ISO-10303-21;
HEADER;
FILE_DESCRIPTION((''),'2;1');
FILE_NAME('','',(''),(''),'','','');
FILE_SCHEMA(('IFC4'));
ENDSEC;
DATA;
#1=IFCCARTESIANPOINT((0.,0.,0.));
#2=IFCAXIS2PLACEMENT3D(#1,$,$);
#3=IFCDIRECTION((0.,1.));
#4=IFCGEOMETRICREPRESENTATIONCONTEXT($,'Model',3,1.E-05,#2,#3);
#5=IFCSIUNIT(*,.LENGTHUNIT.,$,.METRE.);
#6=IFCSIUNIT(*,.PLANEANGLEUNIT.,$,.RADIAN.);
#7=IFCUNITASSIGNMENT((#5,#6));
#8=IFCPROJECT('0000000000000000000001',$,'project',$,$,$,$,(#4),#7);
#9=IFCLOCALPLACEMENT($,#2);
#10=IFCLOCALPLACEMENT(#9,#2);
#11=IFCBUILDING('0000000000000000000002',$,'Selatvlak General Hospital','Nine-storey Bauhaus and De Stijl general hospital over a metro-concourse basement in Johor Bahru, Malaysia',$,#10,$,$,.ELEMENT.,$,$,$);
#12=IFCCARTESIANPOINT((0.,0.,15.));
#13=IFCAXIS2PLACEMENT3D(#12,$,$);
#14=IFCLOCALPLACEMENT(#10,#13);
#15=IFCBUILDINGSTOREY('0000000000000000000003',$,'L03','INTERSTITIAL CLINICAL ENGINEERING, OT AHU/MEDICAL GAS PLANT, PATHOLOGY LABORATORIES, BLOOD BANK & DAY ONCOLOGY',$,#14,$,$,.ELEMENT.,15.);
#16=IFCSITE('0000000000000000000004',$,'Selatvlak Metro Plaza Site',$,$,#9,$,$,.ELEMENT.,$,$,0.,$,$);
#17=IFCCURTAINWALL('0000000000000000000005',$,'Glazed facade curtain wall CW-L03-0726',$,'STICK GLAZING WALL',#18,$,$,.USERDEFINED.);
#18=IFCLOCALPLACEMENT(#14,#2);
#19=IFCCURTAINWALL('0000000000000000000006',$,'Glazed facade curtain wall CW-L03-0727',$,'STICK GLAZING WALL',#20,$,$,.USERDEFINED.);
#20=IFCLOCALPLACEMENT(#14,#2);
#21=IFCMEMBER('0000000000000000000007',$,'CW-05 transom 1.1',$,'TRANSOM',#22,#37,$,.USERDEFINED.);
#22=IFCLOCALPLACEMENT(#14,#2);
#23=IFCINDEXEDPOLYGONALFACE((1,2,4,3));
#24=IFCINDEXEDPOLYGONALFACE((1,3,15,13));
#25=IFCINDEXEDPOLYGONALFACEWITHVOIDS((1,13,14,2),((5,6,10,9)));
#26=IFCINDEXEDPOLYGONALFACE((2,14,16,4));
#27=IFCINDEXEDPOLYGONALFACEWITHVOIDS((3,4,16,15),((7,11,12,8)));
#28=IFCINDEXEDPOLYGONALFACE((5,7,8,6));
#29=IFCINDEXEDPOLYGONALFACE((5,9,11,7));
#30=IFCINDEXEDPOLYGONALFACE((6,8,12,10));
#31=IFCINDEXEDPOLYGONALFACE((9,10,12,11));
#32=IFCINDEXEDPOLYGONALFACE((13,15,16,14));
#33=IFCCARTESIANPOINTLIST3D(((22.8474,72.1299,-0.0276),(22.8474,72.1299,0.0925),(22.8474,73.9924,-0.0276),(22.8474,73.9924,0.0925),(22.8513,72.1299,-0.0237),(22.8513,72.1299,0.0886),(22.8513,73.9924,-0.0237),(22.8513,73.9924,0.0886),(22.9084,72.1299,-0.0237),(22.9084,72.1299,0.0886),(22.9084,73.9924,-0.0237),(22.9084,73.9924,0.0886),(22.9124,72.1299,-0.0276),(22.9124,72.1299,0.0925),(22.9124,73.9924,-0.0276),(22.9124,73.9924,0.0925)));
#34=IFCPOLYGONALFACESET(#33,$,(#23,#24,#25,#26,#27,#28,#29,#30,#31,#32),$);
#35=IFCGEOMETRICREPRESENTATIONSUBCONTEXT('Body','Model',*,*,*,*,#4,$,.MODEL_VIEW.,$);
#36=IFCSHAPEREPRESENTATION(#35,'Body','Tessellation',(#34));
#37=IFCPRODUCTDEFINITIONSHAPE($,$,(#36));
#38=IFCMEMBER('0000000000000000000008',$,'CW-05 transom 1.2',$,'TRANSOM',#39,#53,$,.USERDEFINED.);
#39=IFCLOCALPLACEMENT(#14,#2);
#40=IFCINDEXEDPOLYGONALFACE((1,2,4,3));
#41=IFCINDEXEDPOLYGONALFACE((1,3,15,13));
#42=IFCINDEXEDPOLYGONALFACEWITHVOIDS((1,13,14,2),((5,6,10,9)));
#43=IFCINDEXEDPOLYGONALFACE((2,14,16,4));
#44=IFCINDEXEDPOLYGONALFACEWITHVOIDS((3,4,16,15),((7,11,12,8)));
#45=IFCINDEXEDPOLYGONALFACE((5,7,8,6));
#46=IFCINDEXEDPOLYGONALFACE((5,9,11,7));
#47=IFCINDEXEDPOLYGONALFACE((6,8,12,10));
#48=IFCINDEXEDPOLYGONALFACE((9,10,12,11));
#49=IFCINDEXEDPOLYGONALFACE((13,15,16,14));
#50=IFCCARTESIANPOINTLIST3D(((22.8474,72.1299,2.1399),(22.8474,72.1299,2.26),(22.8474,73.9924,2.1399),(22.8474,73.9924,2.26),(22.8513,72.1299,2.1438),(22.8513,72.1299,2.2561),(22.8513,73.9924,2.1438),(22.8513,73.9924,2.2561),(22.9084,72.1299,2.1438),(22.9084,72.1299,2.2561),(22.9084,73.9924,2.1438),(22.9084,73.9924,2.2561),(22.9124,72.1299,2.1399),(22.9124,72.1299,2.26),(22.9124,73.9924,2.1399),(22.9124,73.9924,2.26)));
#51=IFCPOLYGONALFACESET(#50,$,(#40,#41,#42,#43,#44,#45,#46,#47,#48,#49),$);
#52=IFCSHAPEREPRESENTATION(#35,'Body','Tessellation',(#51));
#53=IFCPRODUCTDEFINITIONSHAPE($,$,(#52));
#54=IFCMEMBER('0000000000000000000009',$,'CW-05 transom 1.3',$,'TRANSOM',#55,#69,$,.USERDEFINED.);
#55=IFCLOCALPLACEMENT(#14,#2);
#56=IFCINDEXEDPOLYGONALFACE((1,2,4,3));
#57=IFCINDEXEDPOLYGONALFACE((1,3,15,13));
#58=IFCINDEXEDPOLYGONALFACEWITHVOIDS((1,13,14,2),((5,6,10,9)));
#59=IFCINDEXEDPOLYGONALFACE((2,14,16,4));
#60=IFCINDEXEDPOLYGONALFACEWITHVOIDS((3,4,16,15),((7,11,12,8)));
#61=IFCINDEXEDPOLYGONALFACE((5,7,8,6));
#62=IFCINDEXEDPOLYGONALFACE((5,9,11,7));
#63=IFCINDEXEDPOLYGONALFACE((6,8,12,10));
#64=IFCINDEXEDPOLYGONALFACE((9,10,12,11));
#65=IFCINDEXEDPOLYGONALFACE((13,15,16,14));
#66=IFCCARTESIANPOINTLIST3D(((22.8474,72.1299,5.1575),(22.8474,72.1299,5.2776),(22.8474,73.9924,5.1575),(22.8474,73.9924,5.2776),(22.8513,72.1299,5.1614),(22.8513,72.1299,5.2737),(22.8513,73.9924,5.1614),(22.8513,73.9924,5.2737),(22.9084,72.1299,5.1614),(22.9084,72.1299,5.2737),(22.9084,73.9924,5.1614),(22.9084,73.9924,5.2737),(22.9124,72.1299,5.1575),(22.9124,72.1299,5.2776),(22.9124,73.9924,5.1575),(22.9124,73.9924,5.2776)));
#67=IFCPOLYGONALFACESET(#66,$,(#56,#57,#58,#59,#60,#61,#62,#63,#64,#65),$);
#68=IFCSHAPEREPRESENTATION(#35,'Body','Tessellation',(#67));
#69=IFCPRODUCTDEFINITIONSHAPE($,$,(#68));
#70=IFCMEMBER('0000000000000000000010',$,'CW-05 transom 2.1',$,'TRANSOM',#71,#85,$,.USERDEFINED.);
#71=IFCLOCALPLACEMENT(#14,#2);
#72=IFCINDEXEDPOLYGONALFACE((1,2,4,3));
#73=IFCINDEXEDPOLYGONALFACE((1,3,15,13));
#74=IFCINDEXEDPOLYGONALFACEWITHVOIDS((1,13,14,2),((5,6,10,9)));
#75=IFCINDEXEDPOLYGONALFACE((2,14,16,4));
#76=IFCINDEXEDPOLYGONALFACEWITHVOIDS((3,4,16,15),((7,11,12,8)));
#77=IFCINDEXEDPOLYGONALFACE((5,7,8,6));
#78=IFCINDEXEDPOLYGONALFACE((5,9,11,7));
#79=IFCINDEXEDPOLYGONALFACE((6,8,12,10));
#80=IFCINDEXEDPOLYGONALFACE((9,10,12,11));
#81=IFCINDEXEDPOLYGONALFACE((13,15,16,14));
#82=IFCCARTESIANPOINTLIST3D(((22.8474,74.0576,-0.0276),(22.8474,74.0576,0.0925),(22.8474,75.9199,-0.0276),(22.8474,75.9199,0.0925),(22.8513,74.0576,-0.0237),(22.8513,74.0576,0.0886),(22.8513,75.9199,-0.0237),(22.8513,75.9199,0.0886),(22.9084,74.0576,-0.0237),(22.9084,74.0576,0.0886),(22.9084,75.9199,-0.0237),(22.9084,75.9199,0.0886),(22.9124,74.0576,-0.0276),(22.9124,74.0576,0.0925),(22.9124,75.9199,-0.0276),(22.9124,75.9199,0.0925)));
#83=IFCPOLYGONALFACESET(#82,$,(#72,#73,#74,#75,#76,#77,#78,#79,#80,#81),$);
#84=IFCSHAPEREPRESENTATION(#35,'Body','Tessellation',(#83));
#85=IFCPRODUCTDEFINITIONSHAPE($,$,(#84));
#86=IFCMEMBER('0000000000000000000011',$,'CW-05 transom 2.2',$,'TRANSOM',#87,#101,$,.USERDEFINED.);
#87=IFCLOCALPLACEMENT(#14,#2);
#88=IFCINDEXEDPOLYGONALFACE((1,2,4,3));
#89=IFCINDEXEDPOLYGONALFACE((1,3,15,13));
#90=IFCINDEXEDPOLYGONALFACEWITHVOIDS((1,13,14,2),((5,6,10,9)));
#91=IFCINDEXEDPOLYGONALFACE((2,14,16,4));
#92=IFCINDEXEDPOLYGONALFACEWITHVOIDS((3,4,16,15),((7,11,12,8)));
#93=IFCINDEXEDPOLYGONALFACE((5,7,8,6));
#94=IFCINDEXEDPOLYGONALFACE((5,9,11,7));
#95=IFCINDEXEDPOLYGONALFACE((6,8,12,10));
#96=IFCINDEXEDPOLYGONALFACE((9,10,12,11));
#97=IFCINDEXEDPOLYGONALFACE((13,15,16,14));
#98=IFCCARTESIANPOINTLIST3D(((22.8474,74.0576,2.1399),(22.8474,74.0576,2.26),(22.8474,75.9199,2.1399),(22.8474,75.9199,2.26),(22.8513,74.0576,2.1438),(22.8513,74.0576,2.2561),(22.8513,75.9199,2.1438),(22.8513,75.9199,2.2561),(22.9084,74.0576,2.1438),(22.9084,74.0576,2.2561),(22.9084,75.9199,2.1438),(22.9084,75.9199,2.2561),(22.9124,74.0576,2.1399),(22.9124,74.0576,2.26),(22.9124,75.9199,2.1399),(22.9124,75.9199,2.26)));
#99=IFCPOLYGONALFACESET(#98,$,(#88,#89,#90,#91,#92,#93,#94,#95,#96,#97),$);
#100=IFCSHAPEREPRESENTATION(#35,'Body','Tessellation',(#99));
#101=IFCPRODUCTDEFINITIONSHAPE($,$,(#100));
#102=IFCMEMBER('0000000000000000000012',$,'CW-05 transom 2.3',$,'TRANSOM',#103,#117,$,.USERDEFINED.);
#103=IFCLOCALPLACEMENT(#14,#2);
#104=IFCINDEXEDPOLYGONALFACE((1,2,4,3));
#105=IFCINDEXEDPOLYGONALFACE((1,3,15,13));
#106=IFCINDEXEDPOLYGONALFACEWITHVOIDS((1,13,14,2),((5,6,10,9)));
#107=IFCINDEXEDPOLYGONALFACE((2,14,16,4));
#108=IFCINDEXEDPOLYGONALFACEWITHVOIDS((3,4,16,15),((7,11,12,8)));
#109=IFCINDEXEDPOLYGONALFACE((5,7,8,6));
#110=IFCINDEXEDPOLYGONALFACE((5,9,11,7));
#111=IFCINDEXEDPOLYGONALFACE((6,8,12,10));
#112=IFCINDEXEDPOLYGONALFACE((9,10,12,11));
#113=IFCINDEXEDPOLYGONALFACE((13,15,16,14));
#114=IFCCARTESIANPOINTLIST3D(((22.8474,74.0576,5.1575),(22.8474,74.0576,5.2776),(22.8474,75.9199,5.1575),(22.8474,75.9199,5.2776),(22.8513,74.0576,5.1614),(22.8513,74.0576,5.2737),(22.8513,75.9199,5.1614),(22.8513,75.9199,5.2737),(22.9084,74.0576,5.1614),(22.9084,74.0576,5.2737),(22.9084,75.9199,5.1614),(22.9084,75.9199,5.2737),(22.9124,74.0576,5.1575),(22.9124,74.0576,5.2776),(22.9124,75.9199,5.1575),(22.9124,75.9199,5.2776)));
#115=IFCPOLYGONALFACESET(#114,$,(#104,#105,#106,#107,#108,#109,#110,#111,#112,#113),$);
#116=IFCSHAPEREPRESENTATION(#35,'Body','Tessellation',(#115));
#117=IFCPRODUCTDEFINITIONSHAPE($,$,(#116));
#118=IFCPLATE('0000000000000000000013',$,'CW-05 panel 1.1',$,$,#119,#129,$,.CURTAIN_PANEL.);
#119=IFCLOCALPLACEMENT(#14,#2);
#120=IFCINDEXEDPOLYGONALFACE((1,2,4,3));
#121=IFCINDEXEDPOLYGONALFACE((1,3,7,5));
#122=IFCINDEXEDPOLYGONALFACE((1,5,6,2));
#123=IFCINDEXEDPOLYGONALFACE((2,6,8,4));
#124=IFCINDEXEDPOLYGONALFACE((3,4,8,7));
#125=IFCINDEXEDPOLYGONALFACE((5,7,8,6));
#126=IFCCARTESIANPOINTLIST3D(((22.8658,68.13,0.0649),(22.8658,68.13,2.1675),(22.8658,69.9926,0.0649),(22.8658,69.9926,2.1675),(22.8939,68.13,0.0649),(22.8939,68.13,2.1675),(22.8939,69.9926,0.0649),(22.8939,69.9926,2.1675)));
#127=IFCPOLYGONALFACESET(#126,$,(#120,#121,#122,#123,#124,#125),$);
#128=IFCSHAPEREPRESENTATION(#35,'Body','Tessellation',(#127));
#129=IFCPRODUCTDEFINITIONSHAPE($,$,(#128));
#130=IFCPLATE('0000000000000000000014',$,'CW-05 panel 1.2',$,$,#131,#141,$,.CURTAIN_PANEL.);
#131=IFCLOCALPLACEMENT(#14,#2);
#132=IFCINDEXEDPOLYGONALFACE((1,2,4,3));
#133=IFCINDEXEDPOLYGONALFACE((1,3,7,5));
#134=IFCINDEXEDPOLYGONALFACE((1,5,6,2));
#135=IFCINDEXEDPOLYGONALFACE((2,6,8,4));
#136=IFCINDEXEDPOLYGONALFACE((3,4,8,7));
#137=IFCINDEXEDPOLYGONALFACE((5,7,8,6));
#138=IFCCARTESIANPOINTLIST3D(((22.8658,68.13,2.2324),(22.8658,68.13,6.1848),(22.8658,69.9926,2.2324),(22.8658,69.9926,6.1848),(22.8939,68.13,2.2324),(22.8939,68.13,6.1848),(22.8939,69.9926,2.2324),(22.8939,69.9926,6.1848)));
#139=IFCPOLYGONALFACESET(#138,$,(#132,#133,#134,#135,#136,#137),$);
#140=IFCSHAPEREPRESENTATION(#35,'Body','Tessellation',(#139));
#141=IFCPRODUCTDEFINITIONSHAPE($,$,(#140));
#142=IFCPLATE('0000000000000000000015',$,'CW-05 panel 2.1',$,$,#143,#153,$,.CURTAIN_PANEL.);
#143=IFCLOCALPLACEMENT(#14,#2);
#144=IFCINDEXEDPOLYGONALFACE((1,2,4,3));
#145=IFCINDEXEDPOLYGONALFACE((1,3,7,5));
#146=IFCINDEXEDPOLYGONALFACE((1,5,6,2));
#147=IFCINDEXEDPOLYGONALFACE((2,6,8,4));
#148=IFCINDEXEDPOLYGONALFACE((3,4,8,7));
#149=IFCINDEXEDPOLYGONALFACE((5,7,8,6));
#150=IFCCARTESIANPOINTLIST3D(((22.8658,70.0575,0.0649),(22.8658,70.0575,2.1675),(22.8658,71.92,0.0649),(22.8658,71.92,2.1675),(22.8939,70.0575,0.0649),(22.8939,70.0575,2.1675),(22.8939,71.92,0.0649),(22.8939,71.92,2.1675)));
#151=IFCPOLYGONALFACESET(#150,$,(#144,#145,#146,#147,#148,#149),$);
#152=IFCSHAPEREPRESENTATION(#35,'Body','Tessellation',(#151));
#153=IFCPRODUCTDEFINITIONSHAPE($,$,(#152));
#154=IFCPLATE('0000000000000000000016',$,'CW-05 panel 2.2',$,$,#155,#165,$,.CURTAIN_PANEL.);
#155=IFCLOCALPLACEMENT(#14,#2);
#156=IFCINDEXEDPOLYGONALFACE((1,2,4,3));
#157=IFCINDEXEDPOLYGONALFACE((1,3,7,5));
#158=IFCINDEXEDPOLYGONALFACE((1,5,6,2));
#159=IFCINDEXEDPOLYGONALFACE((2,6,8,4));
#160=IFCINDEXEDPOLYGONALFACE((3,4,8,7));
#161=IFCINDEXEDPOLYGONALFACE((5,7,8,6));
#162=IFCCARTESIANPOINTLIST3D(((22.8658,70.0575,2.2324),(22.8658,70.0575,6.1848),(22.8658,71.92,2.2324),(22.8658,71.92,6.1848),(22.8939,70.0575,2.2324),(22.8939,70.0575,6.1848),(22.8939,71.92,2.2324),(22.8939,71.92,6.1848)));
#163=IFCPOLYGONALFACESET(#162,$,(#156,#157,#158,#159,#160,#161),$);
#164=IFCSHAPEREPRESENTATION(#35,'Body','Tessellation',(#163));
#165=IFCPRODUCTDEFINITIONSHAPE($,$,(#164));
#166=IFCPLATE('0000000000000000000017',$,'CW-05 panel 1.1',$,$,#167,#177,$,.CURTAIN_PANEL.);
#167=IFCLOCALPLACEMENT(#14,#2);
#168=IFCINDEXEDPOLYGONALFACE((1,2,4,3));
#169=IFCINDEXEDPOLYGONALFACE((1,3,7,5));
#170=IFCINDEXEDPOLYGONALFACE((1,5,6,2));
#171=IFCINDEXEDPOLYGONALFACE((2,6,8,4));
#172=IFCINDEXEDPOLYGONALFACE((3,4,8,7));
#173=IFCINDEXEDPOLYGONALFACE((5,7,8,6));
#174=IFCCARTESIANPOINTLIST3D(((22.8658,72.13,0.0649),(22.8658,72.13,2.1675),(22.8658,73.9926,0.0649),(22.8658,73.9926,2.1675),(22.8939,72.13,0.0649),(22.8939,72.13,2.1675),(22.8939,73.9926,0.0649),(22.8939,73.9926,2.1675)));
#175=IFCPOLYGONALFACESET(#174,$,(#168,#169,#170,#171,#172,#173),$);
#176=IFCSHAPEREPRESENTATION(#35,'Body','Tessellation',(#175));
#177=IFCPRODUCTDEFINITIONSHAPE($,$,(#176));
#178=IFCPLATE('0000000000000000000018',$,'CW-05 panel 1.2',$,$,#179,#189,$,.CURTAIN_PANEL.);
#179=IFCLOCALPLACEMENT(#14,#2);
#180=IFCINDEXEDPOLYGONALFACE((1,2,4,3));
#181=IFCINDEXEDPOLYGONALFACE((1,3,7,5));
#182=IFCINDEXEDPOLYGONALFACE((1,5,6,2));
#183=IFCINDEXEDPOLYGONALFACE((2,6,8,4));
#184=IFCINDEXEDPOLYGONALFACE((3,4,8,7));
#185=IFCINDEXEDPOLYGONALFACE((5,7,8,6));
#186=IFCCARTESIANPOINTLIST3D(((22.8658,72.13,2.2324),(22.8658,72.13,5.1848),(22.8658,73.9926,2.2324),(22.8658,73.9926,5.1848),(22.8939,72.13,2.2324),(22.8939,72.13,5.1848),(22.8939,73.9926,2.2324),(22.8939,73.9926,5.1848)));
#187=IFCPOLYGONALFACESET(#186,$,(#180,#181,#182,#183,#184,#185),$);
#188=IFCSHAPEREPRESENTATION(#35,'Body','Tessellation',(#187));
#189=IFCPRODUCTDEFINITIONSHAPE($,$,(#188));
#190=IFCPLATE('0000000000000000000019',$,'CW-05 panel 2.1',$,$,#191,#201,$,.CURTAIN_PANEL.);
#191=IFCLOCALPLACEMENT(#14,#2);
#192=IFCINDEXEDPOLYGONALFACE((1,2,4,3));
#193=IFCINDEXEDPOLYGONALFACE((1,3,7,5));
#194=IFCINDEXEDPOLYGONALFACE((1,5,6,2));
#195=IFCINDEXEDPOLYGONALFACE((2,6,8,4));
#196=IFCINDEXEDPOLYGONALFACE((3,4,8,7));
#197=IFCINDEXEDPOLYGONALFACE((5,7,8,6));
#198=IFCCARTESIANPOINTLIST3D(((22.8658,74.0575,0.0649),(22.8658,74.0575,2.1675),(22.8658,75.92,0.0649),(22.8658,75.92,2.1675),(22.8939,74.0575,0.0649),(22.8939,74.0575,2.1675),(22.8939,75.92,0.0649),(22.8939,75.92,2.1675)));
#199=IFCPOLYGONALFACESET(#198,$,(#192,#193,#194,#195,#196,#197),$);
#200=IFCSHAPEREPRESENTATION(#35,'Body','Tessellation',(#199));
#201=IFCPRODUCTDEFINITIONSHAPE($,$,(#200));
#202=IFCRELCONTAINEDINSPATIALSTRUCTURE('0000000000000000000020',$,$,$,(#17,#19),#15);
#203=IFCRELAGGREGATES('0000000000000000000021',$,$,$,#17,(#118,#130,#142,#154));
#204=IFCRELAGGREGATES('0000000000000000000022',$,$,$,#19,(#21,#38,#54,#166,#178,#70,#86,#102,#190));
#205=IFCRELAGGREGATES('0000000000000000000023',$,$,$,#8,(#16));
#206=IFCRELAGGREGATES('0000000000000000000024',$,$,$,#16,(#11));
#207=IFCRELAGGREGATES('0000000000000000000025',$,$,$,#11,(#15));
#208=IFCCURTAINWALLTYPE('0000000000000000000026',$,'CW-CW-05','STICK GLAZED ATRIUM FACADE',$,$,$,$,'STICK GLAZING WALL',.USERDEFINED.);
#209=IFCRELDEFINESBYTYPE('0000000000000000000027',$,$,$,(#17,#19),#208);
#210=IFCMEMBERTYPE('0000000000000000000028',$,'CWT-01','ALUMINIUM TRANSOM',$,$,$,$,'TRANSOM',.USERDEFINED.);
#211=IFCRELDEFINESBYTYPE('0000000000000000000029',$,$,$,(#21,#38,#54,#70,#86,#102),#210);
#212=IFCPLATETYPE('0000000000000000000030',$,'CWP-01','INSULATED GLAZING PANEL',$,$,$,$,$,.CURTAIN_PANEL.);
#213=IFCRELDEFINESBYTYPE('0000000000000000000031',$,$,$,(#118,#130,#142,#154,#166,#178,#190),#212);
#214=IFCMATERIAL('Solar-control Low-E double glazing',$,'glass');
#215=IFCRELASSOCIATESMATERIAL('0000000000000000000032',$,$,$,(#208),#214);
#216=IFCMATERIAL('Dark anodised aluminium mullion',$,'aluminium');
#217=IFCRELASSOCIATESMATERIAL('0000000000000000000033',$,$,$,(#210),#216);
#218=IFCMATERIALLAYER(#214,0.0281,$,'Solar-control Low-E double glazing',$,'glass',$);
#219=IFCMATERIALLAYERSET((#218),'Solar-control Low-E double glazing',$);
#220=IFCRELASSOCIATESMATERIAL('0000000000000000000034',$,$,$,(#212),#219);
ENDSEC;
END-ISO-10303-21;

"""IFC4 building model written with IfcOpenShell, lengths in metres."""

from ifc_helpers import new_model, si_unit, direction, frame, origin, origin_2d, place, context, subcontext, project, spatial, rectangle, hollow_rectangle, extrude, material, layer, layer_set, material_profile, profile_set, type_object, element, aggregate, save


model = new_model("IFC4")

# Units and contexts
model_context = context("Model", 3, precision=1e-05, world=origin(), true_north=direction((0.0, 1.0)))
body_context = subcontext(model_context, "Body", "Model", "MODEL_VIEW")
ifc_project = project(units=[si_unit("LENGTHUNIT", "METRE"), si_unit("PLANEANGLEUNIT", "RADIAN")], contexts=[model_context])

# Site, building, storey
site_placement = place(None, origin())
site = spatial("IfcSite", under=ifc_project, at=site_placement, Name="Selatvlak Metro Plaza Site", CompositionType="ELEMENT", RefElevation=0.0)
building_placement = place(site_placement, origin())
building = spatial("IfcBuilding", under=site, at=building_placement, Name="Selatvlak General Hospital", Description="Nine-storey Bauhaus and De Stijl general hospital over a metro-concourse basement in Johor Bahru, Malaysia", CompositionType="ELEMENT")
storey_placement = place(building_placement, frame((0.0, 0.0, 15.0)))
storey = spatial("IfcBuildingStorey", under=building, at=storey_placement, Name="L03", Description="INTERSTITIAL CLINICAL ENGINEERING, OT AHU/MEDICAL GAS PLANT, PATHOLOGY LABORATORIES, BLOOD BANK & DAY ONCOLOGY", CompositionType="ELEMENT", Elevation=15.0)

# Curtain walls
ifc_material_1 = material(Name="Solar-control Low-E double glazing", Category="glass")
curtain_wall_type = type_object("IfcCurtainWallType", Name="CW-CW-05", Description="STICK GLAZED ATRIUM FACADE", ElementType="STICK GLAZING WALL", PredefinedType="USERDEFINED", material=ifc_material_1)
curtain_wall_1_placement = place(storey_placement, origin())
curtain_wall_1 = element("IfcCurtainWall", 1, at=curtain_wall_1_placement, inside=storey, type_object=curtain_wall_type, Name="Glazed facade curtain wall CW-L03-0726", ObjectType="STICK GLAZING WALL", PredefinedType="USERDEFINED")
ifc_material_2 = material(Name="Dark anodised aluminium mullion", Category="aluminium")
curtain_wall_2_placement = place(storey_placement, origin())
curtain_wall_2 = element("IfcCurtainWall", 2, at=curtain_wall_2_placement, inside=storey, type_object=curtain_wall_type, Name="Glazed facade curtain wall CW-L03-0727", ObjectType="STICK GLAZING WALL", PredefinedType="USERDEFINED")

# Members
ifc_material_profile_1 = material_profile(ifc_material_2, hollow_rectangle(XDim=0.0649, YDim=0.1201, WallThickness=0.0039, at=origin_2d()), Name="AL-TRN 65x120x4")
ifc_profile_set_1 = profile_set([ifc_material_profile_1], Name="Dark anodised aluminium mullion")
member_type_1 = type_object("IfcMemberType", Name="CWT-01", Description="ALUMINIUM TRANSOM", ElementType="TRANSOM", PredefinedType="USERDEFINED", material=ifc_profile_set_1)
member_1_placement = place(storey_placement, frame((22.8799, 72.1299, 0.0325), z_axis=(0.0, 1.0, 0.0), x_axis=(-1.0, 0.0, 0.0)))
member_1 = element("IfcMember", 3, at=member_1_placement, type_object=member_type_1, Name="CW-05 transom 1.1", ObjectType="TRANSOM", PredefinedType="USERDEFINED", context=body_context, shape_type="SweptSolid", body=[
    extrude(hollow_rectangle(XDim=0.0649, YDim=0.1201, WallThickness=0.0039, at=origin_2d()), origin(), (0.0, 0.0, 1.0), 1.8625),
])
member_2_placement = place(storey_placement, frame((22.8799, 72.1299, 2.2), z_axis=(0.0, 1.0, 0.0), x_axis=(-1.0, 0.0, 0.0)))
member_2 = element("IfcMember", 4, at=member_2_placement, type_object=member_type_1, Name="CW-05 transom 1.2", ObjectType="TRANSOM", PredefinedType="USERDEFINED", context=body_context, shape_type="SweptSolid", body=[
    extrude(hollow_rectangle(XDim=0.0649, YDim=0.1201, WallThickness=0.0039, at=origin_2d()), origin(), (0.0, 0.0, 1.0), 1.8625),
])
member_3_placement = place(storey_placement, frame((22.8799, 72.1299, 5.2175), z_axis=(0.0, 1.0, 0.0), x_axis=(-1.0, 0.0, 0.0)))
member_3 = element("IfcMember", 5, at=member_3_placement, type_object=member_type_1, Name="CW-05 transom 1.3", ObjectType="TRANSOM", PredefinedType="USERDEFINED", context=body_context, shape_type="SweptSolid", body=[
    extrude(hollow_rectangle(XDim=0.0649, YDim=0.1201, WallThickness=0.0039, at=origin_2d()), origin(), (0.0, 0.0, 1.0), 1.8625),
])
member_4_placement = place(storey_placement, frame((22.8799, 74.0576, 0.0325), z_axis=(0.0, 1.0, 0.0), x_axis=(-1.0, 0.0, 0.0)))
member_4 = element("IfcMember", 6, at=member_4_placement, type_object=member_type_1, Name="CW-05 transom 2.1", ObjectType="TRANSOM", PredefinedType="USERDEFINED", context=body_context, shape_type="SweptSolid", body=[
    extrude(hollow_rectangle(XDim=0.0649, YDim=0.1201, WallThickness=0.0039, at=origin_2d()), origin(), (0.0, 0.0, 1.0), 1.8623),
])
member_5_placement = place(storey_placement, frame((22.8799, 74.0576, 2.2), z_axis=(0.0, 1.0, 0.0), x_axis=(-1.0, 0.0, 0.0)))
member_5 = element("IfcMember", 7, at=member_5_placement, type_object=member_type_1, Name="CW-05 transom 2.2", ObjectType="TRANSOM", PredefinedType="USERDEFINED", context=body_context, shape_type="SweptSolid", body=[
    extrude(hollow_rectangle(XDim=0.0649, YDim=0.1201, WallThickness=0.0039, at=origin_2d()), origin(), (0.0, 0.0, 1.0), 1.8623),
])
member_6_placement = place(storey_placement, frame((22.8799, 74.0576, 5.2175), z_axis=(0.0, 1.0, 0.0), x_axis=(-1.0, 0.0, 0.0)))
member_6 = element("IfcMember", 8, at=member_6_placement, type_object=member_type_1, Name="CW-05 transom 2.3", ObjectType="TRANSOM", PredefinedType="USERDEFINED", context=body_context, shape_type="SweptSolid", body=[
    extrude(hollow_rectangle(XDim=0.0649, YDim=0.1201, WallThickness=0.0039, at=origin_2d()), origin(), (0.0, 0.0, 1.0), 1.8623),
])

# Plates
ifc_layer_1 = layer(ifc_material_1, 0.0281, Name="Solar-control Low-E double glazing", Category="glass")
ifc_layer_set_1 = layer_set([ifc_layer_1], Name="Solar-control Low-E double glazing")
plate_type = type_object("IfcPlateType", Name="CWP-01", Description="INSULATED GLAZING PANEL", PredefinedType="CURTAIN_PANEL", material=ifc_layer_set_1)
plate_1_placement = place(storey_placement, frame((22.8799, 69.0613, 0.0649), z_axis=(0.0, 0.0, 1.0), x_axis=(0.0, 1.0, 0.0)))
plate_1 = element("IfcPlate", 9, at=plate_1_placement, type_object=plate_type, Name="CW-05 panel 1.1", PredefinedType="CURTAIN_PANEL", context=body_context, shape_type="SweptSolid", body=[
    extrude(rectangle(XDim=1.8625, YDim=0.0281, at=origin_2d()), origin(), (0.0, 0.0, 1.0), 2.1025),
])
plate_2_placement = place(storey_placement, frame((22.8799, 69.0613, 2.2324), z_axis=(0.0, 0.0, 1.0), x_axis=(0.0, 1.0, 0.0)))
plate_2 = element("IfcPlate", 10, at=plate_2_placement, type_object=plate_type, Name="CW-05 panel 1.2", PredefinedType="CURTAIN_PANEL", context=body_context, shape_type="SweptSolid", body=[
    extrude(rectangle(XDim=1.8625, YDim=0.0281, at=origin_2d()), origin(), (0.0, 0.0, 1.0), 3.9524),
])
plate_3_placement = place(storey_placement, frame((22.8799, 70.9888, 0.0649), z_axis=(0.0, 0.0, 1.0), x_axis=(0.0, 1.0, 0.0)))
plate_3 = element("IfcPlate", 11, at=plate_3_placement, type_object=plate_type, Name="CW-05 panel 2.1", PredefinedType="CURTAIN_PANEL", context=body_context, shape_type="SweptSolid", body=[
    extrude(rectangle(XDim=1.8625, YDim=0.0281, at=origin_2d()), origin(), (0.0, 0.0, 1.0), 2.1025),
])
plate_4_placement = place(storey_placement, frame((22.8799, 70.9888, 2.2324), z_axis=(0.0, 0.0, 1.0), x_axis=(0.0, 1.0, 0.0)))
plate_4 = element("IfcPlate", 12, at=plate_4_placement, type_object=plate_type, Name="CW-05 panel 2.2", PredefinedType="CURTAIN_PANEL", context=body_context, shape_type="SweptSolid", body=[
    extrude(rectangle(XDim=1.8625, YDim=0.0281, at=origin_2d()), origin(), (0.0, 0.0, 1.0), 3.9524),
])
aggregate(curtain_wall_1, [plate_1, plate_2, plate_3, plate_4])
plate_5_placement = place(storey_placement, frame((22.8799, 73.0613, 0.0649), z_axis=(0.0, 0.0, 1.0), x_axis=(0.0, 1.0, 0.0)))
plate_5 = element("IfcPlate", 13, at=plate_5_placement, type_object=plate_type, Name="CW-05 panel 1.1", PredefinedType="CURTAIN_PANEL", context=body_context, shape_type="SweptSolid", body=[
    extrude(rectangle(XDim=1.8625, YDim=0.0281, at=origin_2d()), origin(), (0.0, 0.0, 1.0), 2.1025),
])
plate_6_placement = place(storey_placement, frame((22.8799, 73.0613, 2.2324), z_axis=(0.0, 0.0, 1.0), x_axis=(0.0, 1.0, 0.0)))
plate_6 = element("IfcPlate", 14, at=plate_6_placement, type_object=plate_type, Name="CW-05 panel 1.2", PredefinedType="CURTAIN_PANEL", context=body_context, shape_type="SweptSolid", body=[
    extrude(rectangle(XDim=1.8625, YDim=0.0281, at=origin_2d()), origin(), (0.0, 0.0, 1.0), 2.9524),
])
plate_7_placement = place(storey_placement, frame((22.8799, 74.9888, 0.0649), z_axis=(0.0, 0.0, 1.0), x_axis=(0.0, 1.0, 0.0)))
plate_7 = element("IfcPlate", 15, at=plate_7_placement, type_object=plate_type, Name="CW-05 panel 2.1", PredefinedType="CURTAIN_PANEL", context=body_context, shape_type="SweptSolid", body=[
    extrude(rectangle(XDim=1.8625, YDim=0.0281, at=origin_2d()), origin(), (0.0, 0.0, 1.0), 2.1025),
])
aggregate(curtain_wall_2, [member_1, member_2, member_3, plate_5, plate_6, member_4, member_5, member_6, plate_7])

save(model, "model.ifc")
